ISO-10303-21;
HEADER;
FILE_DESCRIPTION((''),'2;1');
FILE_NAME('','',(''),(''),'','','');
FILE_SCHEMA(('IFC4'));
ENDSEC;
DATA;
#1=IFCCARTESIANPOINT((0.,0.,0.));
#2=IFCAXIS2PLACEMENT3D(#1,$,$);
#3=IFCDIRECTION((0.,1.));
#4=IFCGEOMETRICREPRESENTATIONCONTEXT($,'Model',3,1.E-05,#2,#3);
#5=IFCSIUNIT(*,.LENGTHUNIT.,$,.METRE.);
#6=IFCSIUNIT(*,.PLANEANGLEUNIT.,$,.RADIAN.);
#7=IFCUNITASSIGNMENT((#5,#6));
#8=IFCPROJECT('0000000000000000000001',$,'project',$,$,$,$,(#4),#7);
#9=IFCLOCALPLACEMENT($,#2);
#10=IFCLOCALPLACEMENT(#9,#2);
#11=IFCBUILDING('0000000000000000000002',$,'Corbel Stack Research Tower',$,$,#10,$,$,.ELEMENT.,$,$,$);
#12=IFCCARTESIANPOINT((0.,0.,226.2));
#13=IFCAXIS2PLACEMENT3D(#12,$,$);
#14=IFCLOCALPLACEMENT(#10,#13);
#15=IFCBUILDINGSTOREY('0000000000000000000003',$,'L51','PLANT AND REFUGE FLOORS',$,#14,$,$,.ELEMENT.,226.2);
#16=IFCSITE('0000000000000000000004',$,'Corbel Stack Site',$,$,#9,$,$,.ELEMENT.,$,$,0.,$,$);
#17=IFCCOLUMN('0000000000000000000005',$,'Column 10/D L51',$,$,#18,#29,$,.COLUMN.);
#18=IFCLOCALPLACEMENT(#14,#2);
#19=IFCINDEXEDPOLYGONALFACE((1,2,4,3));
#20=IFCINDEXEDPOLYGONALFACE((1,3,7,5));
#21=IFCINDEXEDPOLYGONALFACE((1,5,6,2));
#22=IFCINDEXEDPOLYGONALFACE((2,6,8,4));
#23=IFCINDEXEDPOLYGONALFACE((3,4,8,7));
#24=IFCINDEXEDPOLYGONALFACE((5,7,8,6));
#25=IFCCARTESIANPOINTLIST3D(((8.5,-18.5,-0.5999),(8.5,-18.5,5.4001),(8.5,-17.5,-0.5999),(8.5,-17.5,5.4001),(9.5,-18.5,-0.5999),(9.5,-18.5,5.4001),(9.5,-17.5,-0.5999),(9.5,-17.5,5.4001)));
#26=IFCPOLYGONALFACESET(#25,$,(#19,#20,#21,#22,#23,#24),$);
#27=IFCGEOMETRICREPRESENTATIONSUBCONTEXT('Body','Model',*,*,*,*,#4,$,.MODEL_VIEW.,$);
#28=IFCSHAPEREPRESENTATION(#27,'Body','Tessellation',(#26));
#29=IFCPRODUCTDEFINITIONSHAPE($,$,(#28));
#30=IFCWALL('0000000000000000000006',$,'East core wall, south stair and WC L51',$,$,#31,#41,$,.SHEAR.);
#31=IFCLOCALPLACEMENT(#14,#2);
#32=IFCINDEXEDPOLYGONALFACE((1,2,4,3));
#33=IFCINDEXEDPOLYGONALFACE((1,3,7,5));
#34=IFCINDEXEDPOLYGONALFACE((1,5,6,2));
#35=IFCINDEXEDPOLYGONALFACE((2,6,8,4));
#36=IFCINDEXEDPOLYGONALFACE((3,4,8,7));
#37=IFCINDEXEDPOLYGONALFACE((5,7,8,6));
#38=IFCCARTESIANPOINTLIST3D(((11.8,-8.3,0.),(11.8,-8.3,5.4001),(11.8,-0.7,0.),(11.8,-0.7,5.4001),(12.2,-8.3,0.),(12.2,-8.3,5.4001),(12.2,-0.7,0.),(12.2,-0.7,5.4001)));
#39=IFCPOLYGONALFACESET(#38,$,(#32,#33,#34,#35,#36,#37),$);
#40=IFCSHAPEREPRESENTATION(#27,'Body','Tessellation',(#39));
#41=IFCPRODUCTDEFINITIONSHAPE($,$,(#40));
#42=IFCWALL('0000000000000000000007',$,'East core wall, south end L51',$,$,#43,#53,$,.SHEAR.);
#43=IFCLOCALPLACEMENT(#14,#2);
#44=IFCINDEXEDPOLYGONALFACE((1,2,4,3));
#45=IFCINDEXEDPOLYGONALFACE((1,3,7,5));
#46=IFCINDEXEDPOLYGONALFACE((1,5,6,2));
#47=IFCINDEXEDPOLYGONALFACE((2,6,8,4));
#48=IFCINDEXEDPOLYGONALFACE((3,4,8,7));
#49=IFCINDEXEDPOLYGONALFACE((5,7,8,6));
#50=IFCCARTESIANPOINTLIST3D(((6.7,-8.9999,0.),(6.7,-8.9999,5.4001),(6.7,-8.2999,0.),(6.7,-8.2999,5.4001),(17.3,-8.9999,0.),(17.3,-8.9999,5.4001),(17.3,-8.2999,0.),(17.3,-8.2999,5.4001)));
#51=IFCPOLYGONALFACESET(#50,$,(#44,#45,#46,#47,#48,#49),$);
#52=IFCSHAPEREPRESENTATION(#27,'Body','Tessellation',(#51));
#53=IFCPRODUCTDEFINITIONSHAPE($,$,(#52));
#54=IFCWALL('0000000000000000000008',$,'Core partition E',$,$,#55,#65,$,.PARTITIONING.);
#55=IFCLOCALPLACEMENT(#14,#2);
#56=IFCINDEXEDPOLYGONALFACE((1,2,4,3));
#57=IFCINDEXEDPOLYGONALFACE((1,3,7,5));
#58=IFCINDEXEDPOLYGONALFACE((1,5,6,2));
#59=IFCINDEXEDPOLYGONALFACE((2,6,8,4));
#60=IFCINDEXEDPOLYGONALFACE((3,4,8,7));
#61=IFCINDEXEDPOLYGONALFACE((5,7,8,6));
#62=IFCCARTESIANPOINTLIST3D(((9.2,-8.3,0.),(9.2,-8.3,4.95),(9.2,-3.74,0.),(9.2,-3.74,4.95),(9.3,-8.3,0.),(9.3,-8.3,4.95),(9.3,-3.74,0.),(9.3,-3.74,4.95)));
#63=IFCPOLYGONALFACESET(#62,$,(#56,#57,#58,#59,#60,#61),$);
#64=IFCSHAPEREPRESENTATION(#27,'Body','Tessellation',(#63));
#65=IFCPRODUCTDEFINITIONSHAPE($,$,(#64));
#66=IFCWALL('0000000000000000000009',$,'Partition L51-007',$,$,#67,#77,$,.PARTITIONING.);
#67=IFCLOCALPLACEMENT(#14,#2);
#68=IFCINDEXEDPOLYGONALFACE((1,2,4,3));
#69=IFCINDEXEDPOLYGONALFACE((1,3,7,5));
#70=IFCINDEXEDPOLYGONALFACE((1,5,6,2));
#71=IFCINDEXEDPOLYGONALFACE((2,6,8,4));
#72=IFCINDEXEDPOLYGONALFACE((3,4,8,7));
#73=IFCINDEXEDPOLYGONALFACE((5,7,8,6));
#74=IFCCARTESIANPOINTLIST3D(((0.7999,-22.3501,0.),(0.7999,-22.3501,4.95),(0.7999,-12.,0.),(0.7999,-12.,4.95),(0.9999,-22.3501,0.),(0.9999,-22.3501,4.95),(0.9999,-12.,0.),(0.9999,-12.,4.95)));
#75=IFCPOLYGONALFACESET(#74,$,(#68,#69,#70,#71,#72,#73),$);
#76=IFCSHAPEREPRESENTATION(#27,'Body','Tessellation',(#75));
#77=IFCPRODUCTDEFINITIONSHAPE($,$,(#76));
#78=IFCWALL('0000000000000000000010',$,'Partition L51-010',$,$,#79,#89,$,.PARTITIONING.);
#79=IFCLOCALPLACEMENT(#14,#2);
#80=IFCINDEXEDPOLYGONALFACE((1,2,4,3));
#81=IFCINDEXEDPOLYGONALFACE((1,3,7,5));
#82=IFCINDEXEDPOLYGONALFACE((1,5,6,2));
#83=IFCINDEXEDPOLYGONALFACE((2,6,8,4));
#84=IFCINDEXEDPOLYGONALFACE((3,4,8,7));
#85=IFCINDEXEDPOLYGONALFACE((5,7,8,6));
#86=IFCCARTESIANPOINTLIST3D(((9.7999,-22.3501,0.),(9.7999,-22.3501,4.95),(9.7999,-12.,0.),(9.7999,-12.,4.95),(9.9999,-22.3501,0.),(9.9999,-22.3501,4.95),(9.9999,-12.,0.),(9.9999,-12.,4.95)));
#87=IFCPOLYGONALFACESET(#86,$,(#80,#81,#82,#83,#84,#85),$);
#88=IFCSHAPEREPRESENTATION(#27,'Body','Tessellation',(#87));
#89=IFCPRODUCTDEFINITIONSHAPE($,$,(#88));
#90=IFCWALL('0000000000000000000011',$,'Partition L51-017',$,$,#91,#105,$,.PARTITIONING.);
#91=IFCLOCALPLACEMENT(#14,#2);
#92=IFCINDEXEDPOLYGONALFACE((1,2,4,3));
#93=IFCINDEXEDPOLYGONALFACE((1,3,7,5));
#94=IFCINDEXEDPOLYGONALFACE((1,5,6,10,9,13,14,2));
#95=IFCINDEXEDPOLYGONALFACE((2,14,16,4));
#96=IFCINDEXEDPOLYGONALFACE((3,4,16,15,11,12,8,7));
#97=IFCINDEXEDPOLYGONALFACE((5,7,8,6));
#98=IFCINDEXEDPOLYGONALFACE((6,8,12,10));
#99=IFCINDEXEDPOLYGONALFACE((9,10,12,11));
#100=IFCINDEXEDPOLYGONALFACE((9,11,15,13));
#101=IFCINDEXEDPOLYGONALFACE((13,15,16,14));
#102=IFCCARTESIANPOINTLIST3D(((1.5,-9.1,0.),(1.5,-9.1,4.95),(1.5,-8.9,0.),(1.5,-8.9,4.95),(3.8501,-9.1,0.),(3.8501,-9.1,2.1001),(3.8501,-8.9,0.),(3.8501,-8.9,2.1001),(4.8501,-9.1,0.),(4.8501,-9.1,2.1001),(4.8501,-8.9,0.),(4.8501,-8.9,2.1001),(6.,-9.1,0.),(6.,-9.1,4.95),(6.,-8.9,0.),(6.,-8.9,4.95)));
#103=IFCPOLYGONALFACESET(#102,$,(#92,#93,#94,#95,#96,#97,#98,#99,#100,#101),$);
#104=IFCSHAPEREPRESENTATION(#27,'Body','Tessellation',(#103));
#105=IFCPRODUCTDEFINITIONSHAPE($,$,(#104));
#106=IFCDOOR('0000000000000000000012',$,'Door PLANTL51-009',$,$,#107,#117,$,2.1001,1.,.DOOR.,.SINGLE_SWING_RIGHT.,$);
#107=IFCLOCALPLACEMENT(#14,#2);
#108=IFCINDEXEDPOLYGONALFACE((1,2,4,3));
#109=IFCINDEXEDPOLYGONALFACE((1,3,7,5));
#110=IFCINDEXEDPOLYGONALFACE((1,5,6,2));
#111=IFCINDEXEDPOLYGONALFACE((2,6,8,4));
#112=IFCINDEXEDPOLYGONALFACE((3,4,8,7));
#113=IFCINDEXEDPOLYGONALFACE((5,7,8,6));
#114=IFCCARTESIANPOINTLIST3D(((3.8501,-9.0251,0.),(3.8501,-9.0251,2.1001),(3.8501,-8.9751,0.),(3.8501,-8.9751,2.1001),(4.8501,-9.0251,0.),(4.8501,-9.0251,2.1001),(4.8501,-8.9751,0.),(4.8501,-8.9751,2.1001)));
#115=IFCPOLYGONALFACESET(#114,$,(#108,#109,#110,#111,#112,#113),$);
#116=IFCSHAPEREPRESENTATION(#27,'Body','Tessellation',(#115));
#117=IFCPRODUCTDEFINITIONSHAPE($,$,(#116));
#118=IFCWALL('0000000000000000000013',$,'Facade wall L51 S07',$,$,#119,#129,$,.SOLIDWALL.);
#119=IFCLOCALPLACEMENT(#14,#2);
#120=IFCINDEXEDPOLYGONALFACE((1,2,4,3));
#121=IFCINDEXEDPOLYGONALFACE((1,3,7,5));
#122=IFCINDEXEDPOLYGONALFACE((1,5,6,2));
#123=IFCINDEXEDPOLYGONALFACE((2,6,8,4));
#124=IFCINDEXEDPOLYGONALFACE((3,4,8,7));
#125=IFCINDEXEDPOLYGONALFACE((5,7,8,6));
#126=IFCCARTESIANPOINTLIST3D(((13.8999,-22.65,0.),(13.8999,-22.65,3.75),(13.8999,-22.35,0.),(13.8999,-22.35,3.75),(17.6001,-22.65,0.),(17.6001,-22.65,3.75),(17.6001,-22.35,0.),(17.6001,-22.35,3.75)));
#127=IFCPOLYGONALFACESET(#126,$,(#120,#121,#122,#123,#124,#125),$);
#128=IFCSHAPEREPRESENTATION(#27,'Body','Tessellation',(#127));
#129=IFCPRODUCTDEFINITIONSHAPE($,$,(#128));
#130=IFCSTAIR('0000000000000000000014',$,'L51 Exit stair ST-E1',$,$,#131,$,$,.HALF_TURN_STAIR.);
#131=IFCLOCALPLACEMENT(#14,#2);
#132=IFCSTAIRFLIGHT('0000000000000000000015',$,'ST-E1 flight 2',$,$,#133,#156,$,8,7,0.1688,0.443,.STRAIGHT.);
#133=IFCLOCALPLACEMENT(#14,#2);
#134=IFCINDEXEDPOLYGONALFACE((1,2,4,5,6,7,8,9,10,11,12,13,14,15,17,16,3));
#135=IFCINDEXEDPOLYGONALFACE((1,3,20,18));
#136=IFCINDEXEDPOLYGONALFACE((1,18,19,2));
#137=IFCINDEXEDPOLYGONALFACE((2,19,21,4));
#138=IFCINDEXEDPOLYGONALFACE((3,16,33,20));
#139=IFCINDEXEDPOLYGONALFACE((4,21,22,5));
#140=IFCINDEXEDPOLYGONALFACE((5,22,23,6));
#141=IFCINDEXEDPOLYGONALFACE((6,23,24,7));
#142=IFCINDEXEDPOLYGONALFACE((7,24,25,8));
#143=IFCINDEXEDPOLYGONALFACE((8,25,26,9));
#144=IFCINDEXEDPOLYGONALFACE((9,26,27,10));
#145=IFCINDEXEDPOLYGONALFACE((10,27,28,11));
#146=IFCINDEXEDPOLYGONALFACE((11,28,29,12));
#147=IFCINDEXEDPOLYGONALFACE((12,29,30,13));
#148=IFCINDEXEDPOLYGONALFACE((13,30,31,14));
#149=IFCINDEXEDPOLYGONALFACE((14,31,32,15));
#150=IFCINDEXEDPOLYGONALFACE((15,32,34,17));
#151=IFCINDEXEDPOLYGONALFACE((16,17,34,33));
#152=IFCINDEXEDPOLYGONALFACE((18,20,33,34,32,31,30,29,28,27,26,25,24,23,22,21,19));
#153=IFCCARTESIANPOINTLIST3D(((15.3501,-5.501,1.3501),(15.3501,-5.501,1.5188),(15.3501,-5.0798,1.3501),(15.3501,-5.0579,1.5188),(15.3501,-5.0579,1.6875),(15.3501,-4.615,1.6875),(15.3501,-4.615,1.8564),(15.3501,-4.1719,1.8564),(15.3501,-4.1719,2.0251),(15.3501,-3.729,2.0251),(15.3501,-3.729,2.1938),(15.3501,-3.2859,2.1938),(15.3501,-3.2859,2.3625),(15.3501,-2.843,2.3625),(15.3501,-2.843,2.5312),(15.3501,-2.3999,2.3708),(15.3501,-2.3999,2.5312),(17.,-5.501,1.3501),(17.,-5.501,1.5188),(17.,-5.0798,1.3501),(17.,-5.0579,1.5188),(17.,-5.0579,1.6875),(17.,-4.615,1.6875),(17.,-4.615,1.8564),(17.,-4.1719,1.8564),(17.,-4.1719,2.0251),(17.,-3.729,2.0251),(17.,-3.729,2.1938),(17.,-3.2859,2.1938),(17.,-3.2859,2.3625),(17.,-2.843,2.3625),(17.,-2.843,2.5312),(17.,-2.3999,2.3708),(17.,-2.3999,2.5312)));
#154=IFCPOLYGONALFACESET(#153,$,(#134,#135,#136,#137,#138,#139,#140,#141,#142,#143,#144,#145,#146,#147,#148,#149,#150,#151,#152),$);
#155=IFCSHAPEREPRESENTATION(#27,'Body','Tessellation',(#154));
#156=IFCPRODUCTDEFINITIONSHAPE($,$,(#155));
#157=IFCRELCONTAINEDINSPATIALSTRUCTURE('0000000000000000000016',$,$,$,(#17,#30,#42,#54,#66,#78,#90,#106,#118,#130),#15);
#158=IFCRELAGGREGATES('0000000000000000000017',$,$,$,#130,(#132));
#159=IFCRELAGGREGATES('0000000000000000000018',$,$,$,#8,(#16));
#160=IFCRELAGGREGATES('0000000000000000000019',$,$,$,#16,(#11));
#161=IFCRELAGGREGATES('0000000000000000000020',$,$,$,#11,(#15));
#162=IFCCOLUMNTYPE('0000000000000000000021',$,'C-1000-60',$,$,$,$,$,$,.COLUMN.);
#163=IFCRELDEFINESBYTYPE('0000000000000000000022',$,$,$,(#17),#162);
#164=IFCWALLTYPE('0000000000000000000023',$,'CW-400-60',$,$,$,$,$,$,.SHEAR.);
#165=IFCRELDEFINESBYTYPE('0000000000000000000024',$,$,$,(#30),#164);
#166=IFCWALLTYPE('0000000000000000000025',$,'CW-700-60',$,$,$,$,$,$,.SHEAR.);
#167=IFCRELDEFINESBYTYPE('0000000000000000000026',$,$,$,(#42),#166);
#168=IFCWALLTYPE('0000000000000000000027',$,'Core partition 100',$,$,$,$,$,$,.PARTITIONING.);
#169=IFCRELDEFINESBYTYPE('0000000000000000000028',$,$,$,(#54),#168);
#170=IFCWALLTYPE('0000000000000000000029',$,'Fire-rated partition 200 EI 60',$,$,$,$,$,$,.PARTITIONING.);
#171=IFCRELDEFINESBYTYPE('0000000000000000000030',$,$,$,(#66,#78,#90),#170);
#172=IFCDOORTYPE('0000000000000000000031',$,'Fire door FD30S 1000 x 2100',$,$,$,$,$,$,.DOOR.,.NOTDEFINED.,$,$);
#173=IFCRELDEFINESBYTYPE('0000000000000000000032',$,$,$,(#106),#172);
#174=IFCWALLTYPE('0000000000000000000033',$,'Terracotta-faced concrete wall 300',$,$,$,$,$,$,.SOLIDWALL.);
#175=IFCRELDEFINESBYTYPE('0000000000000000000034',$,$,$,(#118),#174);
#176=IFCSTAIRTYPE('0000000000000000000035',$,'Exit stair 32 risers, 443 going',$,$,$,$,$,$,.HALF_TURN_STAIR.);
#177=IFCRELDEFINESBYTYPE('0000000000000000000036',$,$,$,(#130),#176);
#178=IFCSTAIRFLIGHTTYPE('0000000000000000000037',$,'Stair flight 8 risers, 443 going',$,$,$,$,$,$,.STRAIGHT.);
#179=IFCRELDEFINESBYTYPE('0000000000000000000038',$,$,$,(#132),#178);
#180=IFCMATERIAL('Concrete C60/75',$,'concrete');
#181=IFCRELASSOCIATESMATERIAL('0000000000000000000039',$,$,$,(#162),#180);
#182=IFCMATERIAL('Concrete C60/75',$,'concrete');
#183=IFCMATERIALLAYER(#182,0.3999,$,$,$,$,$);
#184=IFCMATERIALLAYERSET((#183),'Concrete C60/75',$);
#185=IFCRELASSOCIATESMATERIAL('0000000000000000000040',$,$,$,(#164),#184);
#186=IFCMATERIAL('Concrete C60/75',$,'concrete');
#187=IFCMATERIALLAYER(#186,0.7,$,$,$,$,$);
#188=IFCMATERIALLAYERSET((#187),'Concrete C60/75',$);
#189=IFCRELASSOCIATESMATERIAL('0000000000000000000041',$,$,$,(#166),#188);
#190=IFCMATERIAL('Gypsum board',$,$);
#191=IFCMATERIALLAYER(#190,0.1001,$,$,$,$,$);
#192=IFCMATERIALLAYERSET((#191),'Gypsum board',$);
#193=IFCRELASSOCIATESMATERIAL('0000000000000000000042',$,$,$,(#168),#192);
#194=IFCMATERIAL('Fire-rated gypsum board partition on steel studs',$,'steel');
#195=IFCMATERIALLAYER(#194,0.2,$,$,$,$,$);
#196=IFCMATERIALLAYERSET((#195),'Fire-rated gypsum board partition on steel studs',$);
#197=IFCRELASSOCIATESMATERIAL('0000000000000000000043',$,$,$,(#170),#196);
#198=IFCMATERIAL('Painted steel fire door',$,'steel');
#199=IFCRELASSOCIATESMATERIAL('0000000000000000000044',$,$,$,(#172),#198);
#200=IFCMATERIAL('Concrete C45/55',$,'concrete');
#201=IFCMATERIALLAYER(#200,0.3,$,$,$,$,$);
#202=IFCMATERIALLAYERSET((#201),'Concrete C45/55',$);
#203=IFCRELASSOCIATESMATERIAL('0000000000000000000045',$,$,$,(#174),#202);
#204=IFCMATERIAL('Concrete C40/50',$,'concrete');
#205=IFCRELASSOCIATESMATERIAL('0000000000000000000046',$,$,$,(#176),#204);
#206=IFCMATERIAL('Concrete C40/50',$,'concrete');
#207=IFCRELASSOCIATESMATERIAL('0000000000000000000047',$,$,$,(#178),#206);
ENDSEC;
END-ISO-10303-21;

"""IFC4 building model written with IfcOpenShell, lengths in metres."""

from ifc_helpers import new_model, si_unit, direction, frame, frame_2d, origin, origin_2d, place, context, subcontext, project, spatial, polyline, rectangle, outline, extrude, material, layer, layer_set, material_profile, profile_set, type_object, element, fill, aggregate, save


model = new_model("IFC4")

# Units and contexts
model_context = context("Model", 3, precision=1e-05, world=origin(), true_north=direction((0.0, 1.0)))
body_context = subcontext(model_context, "Body", "Model", "MODEL_VIEW")
ifc_project = project(units=[si_unit("LENGTHUNIT", "METRE"), si_unit("PLANEANGLEUNIT", "RADIAN")], contexts=[model_context])

# Site, building, storey
site_placement = place(None, origin())
site = spatial("IfcSite", under=ifc_project, at=site_placement, Name="Corbel Stack Site", CompositionType="ELEMENT", RefElevation=0.0)
building_placement = place(site_placement, origin())
building = spatial("IfcBuilding", under=site, at=building_placement, Name="Corbel Stack Research Tower", CompositionType="ELEMENT")
storey_placement = place(building_placement, frame((0.0, 0.0, 226.2)))
storey = spatial("IfcBuildingStorey", under=building, at=storey_placement, Name="L51", Description="PLANT AND REFUGE FLOORS", CompositionType="ELEMENT", Elevation=226.2)

# Column
ifc_material_1 = material(Name="Concrete C60/75", Category="concrete")
ifc_material_profile = material_profile(ifc_material_1, rectangle(XDim=1.0, YDim=1.0, at=origin_2d()), Name="RC 1000 x 1000")
ifc_profile_set = profile_set([ifc_material_profile], Name="Concrete C60/75")
column_type = type_object("IfcColumnType", Name="C-1000-60", PredefinedType="COLUMN", material=ifc_profile_set)
column_placement = place(storey_placement, frame((9.0, -18.0, -0.5999), z_axis=(0.0, 0.0, 1.0), x_axis=(1.0, 0.0, 0.0)))
element("IfcColumn", 1, at=column_placement, inside=storey, type_object=column_type, Name="Column 10/D L51", PredefinedType="COLUMN", context=body_context, shape_type="SweptSolid", body=[
    extrude(rectangle(XDim=1.0, YDim=1.0, at=origin_2d()), origin(), (0.0, 0.0, 1.0), 6.0),
])

# Wall
ifc_material_2 = material(Name="Concrete C60/75", Category="concrete")
ifc_layer_1 = layer(ifc_material_2, 0.3999)
ifc_layer_set_1 = layer_set([ifc_layer_1], Name="Concrete C60/75")
wall_type_1 = type_object("IfcWallType", Name="CW-400-60", PredefinedType="SHEAR", material=ifc_layer_set_1)
wall_1_placement = place(storey_placement, frame((12.0, -8.3, 0.0), z_axis=(0.0, 0.0, 1.0), x_axis=(0.0, 1.0, 0.0)))
element("IfcWall", 2, at=wall_1_placement, inside=storey, type_object=wall_type_1, Name="East core wall, south stair and WC L51", PredefinedType="SHEAR", context=body_context, shape_type="SweptSolid", body=[
    extrude(rectangle(XDim=7.6001, YDim=0.3999, at=frame_2d((3.8, 0.0))), origin(), (0.0, 0.0, 1.0), 5.4001),
])

# Shared definitions
ifc_material_3 = material(Name="Concrete C60/75", Category="concrete")
ifc_layer_2 = layer(ifc_material_3, 0.7)
ifc_layer_set_2 = layer_set([ifc_layer_2], Name="Concrete C60/75")
wall_type_2 = type_object("IfcWallType", Name="CW-700-60", PredefinedType="SHEAR", material=ifc_layer_set_2)

# Walls
wall_2_placement = place(storey_placement, frame((6.7, -8.6499, 0.0), z_axis=(0.0, 0.0, 1.0), x_axis=(1.0, 0.0, 0.0)))
element("IfcWall", 3, at=wall_2_placement, inside=storey, type_object=wall_type_2, Name="East core wall, south end L51", PredefinedType="SHEAR", context=body_context, shape_type="SweptSolid", body=[
    extrude(rectangle(XDim=10.6001, YDim=0.7, at=frame_2d((5.3, 0.0))), origin(), (0.0, 0.0, 1.0), 5.4001),
])
ifc_material_4 = material(Name="Gypsum board")
ifc_layer_3 = layer(ifc_material_4, 0.1001)
ifc_layer_set_3 = layer_set([ifc_layer_3], Name="Gypsum board")
wall_type_3 = type_object("IfcWallType", Name="Core partition 100", PredefinedType="PARTITIONING", material=ifc_layer_set_3)
wall_3_placement = place(storey_placement, frame((9.25, -8.3, 0.0), z_axis=(0.0, 0.0, 1.0), x_axis=(0.0, 1.0, 0.0)))
element("IfcWall", 4, at=wall_3_placement, inside=storey, type_object=wall_type_3, Name="Core partition E", PredefinedType="PARTITIONING", context=body_context, shape_type="SweptSolid", body=[
    extrude(rectangle(XDim=4.5601, YDim=0.1001, at=frame_2d((2.28, 0.0))), origin(), (0.0, 0.0, 1.0), 4.95),
])
ifc_material_5 = material(Name="Fire-rated gypsum board partition on steel studs", Category="steel")
ifc_layer_4 = layer(ifc_material_5, 0.2)
ifc_layer_set_4 = layer_set([ifc_layer_4], Name="Fire-rated gypsum board partition on steel studs")
wall_type_4 = type_object("IfcWallType", Name="Fire-rated partition 200 EI 60", PredefinedType="PARTITIONING", material=ifc_layer_set_4)
for number, where, z_axis, x_axis, name in (
    (5, (0.8999, -22.3501, 0.0), (0.0, 0.0, 1.0), (0.0, 1.0, 0.0), "Partition L51-007"),
    (6, (9.8999, -22.3501, 0.0), (0.0, 0.0, 1.0), (0.0, 1.0, 0.0), "Partition L51-010"),
):
    element("IfcWall", number, at=place(storey_placement, frame(where, z_axis=z_axis, x_axis=x_axis)), inside=storey, type_object=wall_type_4, Name=name, PredefinedType="PARTITIONING", context=body_context, shape_type="SweptSolid", body=[
        extrude(rectangle(XDim=10.3501, YDim=0.2, at=frame_2d((5.175, 0.0))), origin(), (0.0, 0.0, 1.0), 4.95),
    ])

# Wall, opening, door
wall_4_placement = place(storey_placement, frame((1.5, -9.0, 0.0), z_axis=(0.0, 0.0, 1.0), x_axis=(1.0, 0.0, 0.0)))
wall_4 = element("IfcWall", 7, at=wall_4_placement, inside=storey, type_object=wall_type_4, Name="Partition L51-017", PredefinedType="PARTITIONING", context=body_context, shape_type="SweptSolid", body=[
    extrude(rectangle(XDim=4.5, YDim=0.2, at=frame_2d((2.25, 0.0))), origin(), (0.0, 0.0, 1.0), 4.95),
])
opening_1_placement = place(wall_4_placement, frame((2.3501, 0.0, 0.0)))
opening_1 = element("IfcOpeningElement", 8, at=opening_1_placement, cuts=wall_4, PredefinedType="OPENING", context=body_context, shape_type="SweptSolid", body=[
    extrude(rectangle(XDim=1.0, YDim=2.1001, at=frame_2d((0.5, 1.05))), frame((0.0, 0.1099, 0.0), z_axis=(0.0, -1.0, 0.0), x_axis=(1.0, 0.0, 0.0)), (0.0, 0.0, 1.0), 0.22),
])
ifc_material_6 = material(Name="Painted steel fire door", Category="steel")
door_type_1 = type_object("IfcDoorType", Name="Fire door FD30S 1000 x 2100", OperationType="NOTDEFINED", PredefinedType="DOOR", material=ifc_material_6)
door_1_placement = place(opening_1_placement, origin())
door_1 = element("IfcDoor", 9, at=door_1_placement, inside=storey, type_object=door_type_1, Name="Door PLANTL51-009", OperationType="SINGLE_SWING_RIGHT", OverallHeight=2.1001, OverallWidth=1.0, PredefinedType="DOOR", context=body_context, shape_type="SweptSolid", body=[
    extrude(rectangle(XDim=1.0, YDim=2.1001, at=frame_2d((0.5, 1.05))), frame((0.0, 0.0249, 0.0), z_axis=(0.0, -1.0, 0.0), x_axis=(1.0, 0.0, 0.0)), (0.0, 0.0, 1.0), 0.05),
])
fill(opening_1, door_1)

# Wall
ifc_material_7 = material(Name="Concrete C45/55", Category="concrete")
ifc_layer_5 = layer(ifc_material_7, 0.3)
ifc_layer_set_5 = layer_set([ifc_layer_5], Name="Concrete C45/55")
wall_type_5 = type_object("IfcWallType", Name="Terracotta-faced concrete wall 300", PredefinedType="SOLIDWALL", material=ifc_layer_set_5)
wall_5_placement = place(storey_placement, frame((17.6001, -22.5, 0.0), z_axis=(0.0, 0.0, 1.0), x_axis=(-1.0, 0.0, 0.0)))
element("IfcWall", 10, at=wall_5_placement, inside=storey, type_object=wall_type_5, Name="Facade wall L51 S07", PredefinedType="SOLIDWALL", context=body_context, shape_type="SweptSolid", body=[
    extrude(rectangle(XDim=3.7002, YDim=0.3, at=frame_2d((1.8501, 0.0))), origin(), (0.0, 0.0, 1.0), 3.75),
])

# Stair, stair flight
ifc_material_8 = material(Name="Concrete C40/50", Category="concrete")
stair_type = type_object("IfcStairType", Name="Exit stair 32 risers, 443 going", PredefinedType="HALF_TURN_STAIR", material=ifc_material_8)
stair_placement = place(storey_placement, origin())
stair = element("IfcStair", 11, at=stair_placement, inside=storey, type_object=stair_type, Name="L51 Exit stair ST-E1", PredefinedType="HALF_TURN_STAIR")
ifc_material_9 = material(Name="Concrete C40/50", Category="concrete")
stair_flight_type = type_object("IfcStairFlightType", Name="Stair flight 8 risers, 443 going", PredefinedType="STRAIGHT", material=ifc_material_9)
stair_flight_1_placement = place(storey_placement, frame((16.175, -5.501, 1.3501), z_axis=(0.0, 0.0, 1.0), x_axis=(0.0, 1.0, 0.0)))
stair_flight_1 = element("IfcStairFlight", 12, at=stair_flight_1_placement, type_object=stair_flight_type, Name="ST-E1 flight 2", NumberOfRisers=8, NumberOfTreads=7, PredefinedType="STRAIGHT", RiserHeight=0.1688, TreadLength=0.443, context=body_context, shape_type="SweptSolid", body=[
    extrude(outline(polyline([(0.0, 0.0), (0.0, 0.1687), (0.4431, 0.1687), (0.4431, 0.3374), (0.886, 0.3374), (0.886, 0.5063), (1.3291, 0.5063), (1.3291, 0.675), (1.772, 0.675), (1.772, 0.8438), (2.2151, 0.8438), (2.2151, 1.0125), (2.658, 1.0125), (2.658, 1.1812), (3.1011, 1.1812), (3.1011, 1.3501), (3.1011, 1.0208), (0.4211, 0.0), (0.0, 0.0)])), frame((0.0, 0.825, 0.0), z_axis=(0.0, -1.0, 0.0), x_axis=(1.0, 0.0, 0.0)), (0.0, 0.0, 1.0), 1.6499),
])
aggregate(stair, [stair_flight_1])

save(model, "model.ifc")
